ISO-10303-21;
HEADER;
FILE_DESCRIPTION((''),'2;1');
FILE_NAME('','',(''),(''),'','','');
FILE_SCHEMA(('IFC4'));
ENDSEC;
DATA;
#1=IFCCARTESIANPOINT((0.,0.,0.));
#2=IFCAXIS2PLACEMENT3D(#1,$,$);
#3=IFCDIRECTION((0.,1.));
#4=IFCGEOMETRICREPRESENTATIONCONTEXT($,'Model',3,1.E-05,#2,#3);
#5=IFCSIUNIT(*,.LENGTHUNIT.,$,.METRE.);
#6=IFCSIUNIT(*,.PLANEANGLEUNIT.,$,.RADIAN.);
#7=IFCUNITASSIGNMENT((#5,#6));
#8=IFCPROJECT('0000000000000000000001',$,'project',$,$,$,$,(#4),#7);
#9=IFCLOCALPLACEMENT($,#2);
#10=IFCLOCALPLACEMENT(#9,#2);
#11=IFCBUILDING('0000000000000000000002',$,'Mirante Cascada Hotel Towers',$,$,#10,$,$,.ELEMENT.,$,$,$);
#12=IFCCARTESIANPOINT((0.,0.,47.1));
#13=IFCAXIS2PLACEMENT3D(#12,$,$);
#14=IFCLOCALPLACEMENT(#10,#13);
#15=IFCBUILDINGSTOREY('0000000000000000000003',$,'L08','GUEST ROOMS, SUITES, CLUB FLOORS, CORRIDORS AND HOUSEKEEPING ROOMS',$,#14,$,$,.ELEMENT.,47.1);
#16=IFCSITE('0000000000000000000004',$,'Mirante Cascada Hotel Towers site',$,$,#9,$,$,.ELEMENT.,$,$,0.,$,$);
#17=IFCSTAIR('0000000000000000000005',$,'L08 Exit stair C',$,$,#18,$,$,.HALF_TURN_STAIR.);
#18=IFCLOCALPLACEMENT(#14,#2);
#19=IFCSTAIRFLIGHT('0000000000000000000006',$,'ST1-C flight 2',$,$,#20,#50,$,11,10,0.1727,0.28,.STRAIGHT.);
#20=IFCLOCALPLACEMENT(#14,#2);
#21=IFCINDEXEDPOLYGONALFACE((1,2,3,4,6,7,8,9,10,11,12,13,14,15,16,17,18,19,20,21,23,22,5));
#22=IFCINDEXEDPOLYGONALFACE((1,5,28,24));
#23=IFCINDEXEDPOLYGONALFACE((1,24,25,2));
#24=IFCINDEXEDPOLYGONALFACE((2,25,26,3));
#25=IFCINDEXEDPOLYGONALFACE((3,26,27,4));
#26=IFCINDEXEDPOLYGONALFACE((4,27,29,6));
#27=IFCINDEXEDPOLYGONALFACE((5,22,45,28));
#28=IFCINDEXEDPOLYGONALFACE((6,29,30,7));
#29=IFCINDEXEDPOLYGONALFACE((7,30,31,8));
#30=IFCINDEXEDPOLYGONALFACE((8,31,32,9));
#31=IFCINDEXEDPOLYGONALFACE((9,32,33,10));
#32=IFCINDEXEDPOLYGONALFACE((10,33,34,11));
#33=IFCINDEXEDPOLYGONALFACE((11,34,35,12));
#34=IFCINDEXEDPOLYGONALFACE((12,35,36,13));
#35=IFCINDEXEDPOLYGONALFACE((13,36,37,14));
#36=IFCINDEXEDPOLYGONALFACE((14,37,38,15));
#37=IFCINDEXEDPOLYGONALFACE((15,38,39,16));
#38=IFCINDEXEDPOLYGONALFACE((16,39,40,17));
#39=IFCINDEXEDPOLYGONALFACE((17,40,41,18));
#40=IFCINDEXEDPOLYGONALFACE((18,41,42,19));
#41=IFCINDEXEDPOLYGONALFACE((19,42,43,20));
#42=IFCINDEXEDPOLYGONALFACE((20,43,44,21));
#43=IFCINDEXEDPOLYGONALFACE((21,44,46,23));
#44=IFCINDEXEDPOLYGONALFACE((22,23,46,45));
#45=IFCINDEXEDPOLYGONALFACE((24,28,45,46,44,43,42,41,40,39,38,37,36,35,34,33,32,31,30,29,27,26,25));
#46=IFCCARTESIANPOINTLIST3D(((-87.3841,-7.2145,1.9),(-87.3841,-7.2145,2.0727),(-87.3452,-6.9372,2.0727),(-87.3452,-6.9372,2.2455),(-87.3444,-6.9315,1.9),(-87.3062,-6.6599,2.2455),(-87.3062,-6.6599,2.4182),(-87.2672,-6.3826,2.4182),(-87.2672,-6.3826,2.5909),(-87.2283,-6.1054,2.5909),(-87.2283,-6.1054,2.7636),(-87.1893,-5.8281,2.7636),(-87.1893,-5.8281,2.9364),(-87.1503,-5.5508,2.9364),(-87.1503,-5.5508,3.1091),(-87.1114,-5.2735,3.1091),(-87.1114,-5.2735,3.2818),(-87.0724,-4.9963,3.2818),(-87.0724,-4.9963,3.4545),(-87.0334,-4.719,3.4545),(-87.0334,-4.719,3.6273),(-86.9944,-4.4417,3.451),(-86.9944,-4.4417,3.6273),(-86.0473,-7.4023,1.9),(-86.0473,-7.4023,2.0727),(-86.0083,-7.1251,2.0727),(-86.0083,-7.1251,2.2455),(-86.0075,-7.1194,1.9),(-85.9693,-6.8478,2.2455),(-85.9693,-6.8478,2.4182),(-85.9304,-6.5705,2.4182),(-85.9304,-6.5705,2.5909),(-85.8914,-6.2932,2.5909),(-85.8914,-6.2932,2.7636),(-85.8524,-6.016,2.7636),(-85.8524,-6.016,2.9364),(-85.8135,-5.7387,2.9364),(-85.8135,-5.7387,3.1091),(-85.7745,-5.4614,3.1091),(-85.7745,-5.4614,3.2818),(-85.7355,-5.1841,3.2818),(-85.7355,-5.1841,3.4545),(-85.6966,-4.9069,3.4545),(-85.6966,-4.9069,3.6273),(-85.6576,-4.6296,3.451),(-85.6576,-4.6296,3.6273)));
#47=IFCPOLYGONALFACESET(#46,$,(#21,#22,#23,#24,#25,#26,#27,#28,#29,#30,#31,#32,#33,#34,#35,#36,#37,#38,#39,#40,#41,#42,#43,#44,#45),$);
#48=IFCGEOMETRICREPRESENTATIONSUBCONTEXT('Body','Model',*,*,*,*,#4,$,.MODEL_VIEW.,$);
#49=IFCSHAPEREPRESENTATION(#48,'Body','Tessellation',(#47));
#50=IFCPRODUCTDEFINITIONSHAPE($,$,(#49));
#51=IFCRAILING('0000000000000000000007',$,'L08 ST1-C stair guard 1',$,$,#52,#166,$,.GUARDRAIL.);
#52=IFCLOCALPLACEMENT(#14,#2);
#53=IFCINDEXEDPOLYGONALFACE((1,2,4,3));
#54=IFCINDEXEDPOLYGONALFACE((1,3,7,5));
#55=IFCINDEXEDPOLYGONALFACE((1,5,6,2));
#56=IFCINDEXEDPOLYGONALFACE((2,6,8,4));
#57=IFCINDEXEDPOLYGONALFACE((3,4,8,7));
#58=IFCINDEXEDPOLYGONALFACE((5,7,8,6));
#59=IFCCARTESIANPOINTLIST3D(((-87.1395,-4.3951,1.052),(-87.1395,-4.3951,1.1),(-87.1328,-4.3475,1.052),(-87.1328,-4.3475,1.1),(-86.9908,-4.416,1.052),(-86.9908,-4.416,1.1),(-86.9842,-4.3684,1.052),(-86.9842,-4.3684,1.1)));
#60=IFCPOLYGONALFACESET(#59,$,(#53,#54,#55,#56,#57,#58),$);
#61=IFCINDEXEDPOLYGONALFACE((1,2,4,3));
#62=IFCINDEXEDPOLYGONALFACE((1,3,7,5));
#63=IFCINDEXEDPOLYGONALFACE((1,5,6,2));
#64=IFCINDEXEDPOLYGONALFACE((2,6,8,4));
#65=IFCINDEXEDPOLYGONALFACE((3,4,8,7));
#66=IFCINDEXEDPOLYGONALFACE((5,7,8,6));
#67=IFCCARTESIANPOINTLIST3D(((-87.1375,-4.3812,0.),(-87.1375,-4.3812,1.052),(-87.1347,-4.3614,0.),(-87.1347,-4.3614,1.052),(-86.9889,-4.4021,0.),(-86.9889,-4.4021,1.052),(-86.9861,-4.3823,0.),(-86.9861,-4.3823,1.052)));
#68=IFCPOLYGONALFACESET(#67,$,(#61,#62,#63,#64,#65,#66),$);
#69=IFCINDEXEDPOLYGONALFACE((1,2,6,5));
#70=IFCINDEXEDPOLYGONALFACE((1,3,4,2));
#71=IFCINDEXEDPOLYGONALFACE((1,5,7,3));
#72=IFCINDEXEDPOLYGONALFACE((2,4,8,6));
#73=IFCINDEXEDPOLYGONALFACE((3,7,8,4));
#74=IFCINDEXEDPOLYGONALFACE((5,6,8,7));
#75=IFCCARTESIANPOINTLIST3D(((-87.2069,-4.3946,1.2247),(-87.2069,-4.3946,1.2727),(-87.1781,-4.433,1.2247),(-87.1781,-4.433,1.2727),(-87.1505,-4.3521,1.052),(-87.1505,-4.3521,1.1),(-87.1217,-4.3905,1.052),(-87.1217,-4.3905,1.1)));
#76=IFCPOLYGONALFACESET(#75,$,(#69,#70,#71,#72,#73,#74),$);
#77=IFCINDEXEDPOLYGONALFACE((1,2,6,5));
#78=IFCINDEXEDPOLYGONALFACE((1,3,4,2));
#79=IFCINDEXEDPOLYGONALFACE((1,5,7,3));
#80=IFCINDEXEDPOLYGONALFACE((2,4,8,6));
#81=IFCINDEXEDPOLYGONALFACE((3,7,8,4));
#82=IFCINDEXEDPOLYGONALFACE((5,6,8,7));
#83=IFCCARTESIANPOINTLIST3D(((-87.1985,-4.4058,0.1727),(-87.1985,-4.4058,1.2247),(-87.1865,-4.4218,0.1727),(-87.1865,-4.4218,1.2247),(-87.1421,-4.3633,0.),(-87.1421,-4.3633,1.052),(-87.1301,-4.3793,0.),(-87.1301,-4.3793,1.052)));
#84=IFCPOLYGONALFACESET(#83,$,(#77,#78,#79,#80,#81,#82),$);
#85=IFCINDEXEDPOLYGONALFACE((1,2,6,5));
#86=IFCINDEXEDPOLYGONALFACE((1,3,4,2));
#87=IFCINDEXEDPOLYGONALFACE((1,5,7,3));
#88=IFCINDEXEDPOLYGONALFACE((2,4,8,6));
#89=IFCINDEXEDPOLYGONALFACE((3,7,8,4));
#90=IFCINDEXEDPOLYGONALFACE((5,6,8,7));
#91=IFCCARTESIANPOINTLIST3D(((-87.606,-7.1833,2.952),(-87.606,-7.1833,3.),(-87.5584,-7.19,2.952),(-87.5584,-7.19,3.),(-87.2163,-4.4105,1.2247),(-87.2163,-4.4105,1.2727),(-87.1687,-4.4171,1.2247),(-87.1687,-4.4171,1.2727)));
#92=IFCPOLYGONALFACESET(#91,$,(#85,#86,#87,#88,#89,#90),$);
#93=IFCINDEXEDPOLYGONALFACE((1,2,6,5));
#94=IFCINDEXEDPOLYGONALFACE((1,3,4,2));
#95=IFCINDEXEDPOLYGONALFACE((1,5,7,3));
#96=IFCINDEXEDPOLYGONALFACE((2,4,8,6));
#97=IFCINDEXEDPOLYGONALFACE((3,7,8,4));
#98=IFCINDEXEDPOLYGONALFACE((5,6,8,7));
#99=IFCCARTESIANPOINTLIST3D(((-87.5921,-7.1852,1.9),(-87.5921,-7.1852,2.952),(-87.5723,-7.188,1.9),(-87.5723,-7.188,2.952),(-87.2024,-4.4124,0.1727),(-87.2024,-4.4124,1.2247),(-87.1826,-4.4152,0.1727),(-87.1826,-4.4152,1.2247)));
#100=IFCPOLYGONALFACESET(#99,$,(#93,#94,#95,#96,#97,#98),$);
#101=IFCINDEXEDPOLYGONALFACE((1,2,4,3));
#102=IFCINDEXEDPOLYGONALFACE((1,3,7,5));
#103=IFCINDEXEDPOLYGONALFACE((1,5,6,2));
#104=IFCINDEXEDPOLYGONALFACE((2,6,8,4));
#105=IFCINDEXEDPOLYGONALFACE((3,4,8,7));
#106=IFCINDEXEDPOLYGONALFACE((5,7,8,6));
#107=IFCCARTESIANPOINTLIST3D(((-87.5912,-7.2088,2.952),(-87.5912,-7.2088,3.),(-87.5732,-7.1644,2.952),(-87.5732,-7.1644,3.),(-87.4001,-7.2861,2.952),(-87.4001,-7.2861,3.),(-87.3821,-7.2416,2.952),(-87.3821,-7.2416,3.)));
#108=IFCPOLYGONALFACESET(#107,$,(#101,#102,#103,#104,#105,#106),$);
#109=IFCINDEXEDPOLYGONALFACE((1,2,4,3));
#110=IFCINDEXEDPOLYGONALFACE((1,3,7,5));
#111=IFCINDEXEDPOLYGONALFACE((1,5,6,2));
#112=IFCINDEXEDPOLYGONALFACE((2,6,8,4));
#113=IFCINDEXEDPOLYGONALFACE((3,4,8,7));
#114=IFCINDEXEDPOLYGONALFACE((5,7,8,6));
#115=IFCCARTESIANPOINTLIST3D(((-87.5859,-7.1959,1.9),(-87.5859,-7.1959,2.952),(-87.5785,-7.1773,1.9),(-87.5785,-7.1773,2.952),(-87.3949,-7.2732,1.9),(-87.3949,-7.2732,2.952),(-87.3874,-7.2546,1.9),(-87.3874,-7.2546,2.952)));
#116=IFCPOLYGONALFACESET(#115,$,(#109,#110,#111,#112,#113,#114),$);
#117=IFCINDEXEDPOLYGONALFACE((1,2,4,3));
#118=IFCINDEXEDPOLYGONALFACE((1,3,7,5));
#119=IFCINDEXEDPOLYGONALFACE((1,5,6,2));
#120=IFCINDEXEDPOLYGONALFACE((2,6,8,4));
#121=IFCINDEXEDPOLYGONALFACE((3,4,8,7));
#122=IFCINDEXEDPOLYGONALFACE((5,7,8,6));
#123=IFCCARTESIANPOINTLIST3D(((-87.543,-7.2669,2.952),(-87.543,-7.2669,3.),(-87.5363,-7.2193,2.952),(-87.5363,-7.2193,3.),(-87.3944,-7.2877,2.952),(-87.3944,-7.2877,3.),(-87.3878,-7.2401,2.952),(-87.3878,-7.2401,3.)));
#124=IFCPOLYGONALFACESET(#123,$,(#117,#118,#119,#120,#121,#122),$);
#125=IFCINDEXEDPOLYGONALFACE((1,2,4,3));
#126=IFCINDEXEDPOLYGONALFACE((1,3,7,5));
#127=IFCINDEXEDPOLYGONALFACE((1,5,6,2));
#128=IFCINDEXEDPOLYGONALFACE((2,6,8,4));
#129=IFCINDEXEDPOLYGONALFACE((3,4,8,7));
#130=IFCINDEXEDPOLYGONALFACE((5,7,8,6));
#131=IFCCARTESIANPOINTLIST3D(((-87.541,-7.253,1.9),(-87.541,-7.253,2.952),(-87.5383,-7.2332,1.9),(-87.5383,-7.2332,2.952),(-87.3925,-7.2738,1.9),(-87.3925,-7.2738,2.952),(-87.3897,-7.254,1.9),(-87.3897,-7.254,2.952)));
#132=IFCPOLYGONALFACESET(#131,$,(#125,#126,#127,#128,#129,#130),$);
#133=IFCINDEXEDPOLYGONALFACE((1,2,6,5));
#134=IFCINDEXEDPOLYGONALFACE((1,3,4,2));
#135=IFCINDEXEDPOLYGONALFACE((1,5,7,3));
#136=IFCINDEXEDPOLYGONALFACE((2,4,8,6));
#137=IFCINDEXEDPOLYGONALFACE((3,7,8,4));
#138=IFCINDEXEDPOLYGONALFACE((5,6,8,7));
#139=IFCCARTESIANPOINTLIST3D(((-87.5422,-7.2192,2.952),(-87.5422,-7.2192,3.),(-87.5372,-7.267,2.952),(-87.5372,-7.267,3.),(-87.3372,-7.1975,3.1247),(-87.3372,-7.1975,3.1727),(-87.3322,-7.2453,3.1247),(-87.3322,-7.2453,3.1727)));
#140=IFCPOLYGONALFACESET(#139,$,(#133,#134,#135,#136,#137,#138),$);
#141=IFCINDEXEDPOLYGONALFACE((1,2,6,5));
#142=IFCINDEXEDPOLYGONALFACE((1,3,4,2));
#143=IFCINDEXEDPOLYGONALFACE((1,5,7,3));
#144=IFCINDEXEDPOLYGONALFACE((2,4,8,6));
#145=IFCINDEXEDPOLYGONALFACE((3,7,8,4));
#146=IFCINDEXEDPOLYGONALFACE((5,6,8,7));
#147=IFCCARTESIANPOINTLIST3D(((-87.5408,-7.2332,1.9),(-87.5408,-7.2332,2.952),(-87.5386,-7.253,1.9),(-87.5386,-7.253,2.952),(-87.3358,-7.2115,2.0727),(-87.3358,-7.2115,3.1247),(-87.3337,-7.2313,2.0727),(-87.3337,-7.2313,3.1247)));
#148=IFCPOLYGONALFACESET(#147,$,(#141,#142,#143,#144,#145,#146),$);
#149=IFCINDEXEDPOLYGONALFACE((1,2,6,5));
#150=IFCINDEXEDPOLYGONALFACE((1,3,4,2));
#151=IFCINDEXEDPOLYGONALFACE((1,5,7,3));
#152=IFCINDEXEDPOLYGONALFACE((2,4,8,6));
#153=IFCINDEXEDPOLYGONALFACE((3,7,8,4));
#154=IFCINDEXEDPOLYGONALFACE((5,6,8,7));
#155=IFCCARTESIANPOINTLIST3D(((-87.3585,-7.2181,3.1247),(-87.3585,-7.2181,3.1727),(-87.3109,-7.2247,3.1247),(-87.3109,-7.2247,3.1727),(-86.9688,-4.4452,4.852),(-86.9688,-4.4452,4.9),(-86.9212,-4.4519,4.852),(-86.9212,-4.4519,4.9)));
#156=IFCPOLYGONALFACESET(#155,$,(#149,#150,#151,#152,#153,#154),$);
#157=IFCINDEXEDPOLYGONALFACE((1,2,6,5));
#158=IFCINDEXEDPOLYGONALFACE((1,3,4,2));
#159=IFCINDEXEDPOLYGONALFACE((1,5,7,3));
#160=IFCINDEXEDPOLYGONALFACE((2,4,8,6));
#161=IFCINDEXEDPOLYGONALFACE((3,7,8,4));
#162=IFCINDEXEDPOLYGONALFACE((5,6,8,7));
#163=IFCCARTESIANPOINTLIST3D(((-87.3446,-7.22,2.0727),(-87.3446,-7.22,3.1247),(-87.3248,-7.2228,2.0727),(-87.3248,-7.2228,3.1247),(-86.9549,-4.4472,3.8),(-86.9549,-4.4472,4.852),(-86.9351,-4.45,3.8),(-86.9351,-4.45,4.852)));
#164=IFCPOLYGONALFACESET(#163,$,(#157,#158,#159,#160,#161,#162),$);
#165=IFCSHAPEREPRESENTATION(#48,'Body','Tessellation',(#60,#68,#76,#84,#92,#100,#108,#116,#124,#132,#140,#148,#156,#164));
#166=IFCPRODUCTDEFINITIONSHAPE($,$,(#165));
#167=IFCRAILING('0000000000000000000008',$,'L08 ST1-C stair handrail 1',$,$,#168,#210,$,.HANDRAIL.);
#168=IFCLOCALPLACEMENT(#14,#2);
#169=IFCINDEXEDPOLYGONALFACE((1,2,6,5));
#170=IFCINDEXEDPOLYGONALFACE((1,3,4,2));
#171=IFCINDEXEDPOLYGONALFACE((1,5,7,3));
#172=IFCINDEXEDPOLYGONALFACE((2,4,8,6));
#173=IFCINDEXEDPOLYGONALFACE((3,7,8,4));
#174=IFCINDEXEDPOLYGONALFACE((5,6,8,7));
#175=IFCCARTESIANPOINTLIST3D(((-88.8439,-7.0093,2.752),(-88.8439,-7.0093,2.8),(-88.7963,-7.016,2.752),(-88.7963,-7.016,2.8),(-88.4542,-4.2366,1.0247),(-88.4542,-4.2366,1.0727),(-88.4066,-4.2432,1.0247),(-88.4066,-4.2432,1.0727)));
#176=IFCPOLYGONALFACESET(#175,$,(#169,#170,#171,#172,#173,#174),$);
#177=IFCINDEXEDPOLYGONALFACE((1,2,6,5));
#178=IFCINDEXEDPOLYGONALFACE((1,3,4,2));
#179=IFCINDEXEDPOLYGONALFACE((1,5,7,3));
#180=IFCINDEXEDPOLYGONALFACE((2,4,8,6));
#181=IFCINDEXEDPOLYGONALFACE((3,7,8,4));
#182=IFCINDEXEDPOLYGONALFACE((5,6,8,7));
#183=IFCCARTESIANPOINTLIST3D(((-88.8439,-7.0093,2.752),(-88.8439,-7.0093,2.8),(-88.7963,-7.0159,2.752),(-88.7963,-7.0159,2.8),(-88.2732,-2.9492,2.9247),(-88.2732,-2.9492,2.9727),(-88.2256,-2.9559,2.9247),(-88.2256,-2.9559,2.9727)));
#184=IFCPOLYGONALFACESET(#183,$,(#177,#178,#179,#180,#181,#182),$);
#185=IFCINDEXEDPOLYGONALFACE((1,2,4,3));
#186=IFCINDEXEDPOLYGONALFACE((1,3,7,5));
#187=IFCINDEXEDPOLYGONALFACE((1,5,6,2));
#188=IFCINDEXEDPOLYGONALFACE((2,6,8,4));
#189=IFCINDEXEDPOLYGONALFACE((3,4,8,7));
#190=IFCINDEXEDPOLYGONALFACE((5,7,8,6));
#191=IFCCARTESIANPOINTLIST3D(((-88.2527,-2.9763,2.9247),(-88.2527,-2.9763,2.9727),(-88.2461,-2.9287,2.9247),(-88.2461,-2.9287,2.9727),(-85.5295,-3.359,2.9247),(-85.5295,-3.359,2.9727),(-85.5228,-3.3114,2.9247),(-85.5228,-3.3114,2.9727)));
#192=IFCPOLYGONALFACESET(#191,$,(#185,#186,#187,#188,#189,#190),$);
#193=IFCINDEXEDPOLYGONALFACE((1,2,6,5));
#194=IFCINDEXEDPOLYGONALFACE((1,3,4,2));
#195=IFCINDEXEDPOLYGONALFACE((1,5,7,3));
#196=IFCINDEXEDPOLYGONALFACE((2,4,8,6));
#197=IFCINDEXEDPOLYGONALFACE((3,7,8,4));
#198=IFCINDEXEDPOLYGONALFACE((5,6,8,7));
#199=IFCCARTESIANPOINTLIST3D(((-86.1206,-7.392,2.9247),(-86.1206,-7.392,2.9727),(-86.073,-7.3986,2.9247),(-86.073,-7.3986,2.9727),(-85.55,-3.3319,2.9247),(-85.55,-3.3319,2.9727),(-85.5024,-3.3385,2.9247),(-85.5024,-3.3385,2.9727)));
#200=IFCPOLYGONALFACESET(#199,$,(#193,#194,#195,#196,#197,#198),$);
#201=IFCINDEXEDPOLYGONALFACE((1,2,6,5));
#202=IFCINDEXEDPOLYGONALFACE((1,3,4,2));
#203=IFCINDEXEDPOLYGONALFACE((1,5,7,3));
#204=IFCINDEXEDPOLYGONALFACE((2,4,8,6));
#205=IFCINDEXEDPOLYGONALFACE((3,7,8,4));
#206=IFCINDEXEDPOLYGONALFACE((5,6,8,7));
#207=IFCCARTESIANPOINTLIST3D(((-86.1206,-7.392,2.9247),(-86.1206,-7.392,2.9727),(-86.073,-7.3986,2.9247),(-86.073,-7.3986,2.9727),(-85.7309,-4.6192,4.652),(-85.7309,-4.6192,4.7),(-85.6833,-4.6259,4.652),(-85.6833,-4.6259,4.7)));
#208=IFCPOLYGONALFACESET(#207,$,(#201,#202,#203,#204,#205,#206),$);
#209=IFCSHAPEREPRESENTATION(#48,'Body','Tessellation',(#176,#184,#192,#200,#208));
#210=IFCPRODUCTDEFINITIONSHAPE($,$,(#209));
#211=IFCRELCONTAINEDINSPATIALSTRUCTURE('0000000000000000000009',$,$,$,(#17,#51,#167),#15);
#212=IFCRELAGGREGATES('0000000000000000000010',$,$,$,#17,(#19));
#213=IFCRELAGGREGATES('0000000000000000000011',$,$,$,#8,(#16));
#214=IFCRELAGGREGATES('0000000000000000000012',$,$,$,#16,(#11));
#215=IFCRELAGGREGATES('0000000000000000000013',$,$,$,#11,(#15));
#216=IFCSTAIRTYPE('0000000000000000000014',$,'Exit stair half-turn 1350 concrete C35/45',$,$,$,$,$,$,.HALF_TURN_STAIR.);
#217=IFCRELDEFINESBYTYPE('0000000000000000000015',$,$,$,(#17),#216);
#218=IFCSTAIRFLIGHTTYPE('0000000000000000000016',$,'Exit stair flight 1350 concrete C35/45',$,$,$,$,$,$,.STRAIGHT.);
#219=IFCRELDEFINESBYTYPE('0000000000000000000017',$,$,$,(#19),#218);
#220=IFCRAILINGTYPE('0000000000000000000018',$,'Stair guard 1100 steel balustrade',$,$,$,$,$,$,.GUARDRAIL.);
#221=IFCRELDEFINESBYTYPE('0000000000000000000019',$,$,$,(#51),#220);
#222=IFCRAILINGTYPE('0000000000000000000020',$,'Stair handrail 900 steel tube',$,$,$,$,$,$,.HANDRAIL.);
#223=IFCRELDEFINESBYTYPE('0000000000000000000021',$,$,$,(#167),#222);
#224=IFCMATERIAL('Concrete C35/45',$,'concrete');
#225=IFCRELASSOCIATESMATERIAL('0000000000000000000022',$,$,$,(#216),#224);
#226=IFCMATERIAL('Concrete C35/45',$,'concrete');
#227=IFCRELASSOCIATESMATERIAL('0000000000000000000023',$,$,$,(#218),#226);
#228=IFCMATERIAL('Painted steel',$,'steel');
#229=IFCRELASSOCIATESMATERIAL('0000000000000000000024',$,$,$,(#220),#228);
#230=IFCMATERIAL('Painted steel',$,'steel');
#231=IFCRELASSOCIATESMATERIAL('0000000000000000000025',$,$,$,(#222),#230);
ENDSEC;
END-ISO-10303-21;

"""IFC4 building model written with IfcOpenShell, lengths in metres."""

from ifc_helpers import new_model, si_unit, direction, frame, origin, origin_2d, place, context, subcontext, project, spatial, polyline, rectangle, outline, extrude, material, type_object, element, aggregate, save


model = new_model("IFC4")

# Units and contexts
model_context = context("Model", 3, precision=1e-05, world=origin(), true_north=direction((0.0, 1.0)))
body_context = subcontext(model_context, "Body", "Model", "MODEL_VIEW")
ifc_project = project(units=[si_unit("LENGTHUNIT", "METRE"), si_unit("PLANEANGLEUNIT", "RADIAN")], contexts=[model_context])

# Site, building, storey
site_placement = place(None, origin())
site = spatial("IfcSite", under=ifc_project, at=site_placement, Name="Mirante Cascada Hotel Towers site", CompositionType="ELEMENT", RefElevation=0.0)
building_placement = place(site_placement, origin())
building = spatial("IfcBuilding", under=site, at=building_placement, Name="Mirante Cascada Hotel Towers", CompositionType="ELEMENT")
storey_placement = place(building_placement, frame((0.0, 0.0, 47.1)))
storey = spatial("IfcBuildingStorey", under=building, at=storey_placement, Name="L08", Description="GUEST ROOMS, SUITES, CLUB FLOORS, CORRIDORS AND HOUSEKEEPING ROOMS", CompositionType="ELEMENT", Elevation=47.1)

# Stair, stair flight
ifc_material_1 = material(Name="Concrete C35/45", Category="concrete")
stair_type = type_object("IfcStairType", Name="Exit stair half-turn 1350 concrete C35/45", PredefinedType="HALF_TURN_STAIR", material=ifc_material_1)
stair_placement = place(storey_placement, origin())
stair = element("IfcStair", 1, at=stair_placement, inside=storey, type_object=stair_type, Name="L08 Exit stair C", PredefinedType="HALF_TURN_STAIR")
ifc_material_2 = material(Name="Concrete C35/45", Category="concrete")
stair_flight_type = type_object("IfcStairFlightType", Name="Exit stair flight 1350 concrete C35/45", PredefinedType="STRAIGHT", material=ifc_material_2)
stair_flight_1_placement = place(storey_placement, frame((-86.7157, -7.3084, 1.9), z_axis=(0.0, 0.0, 1.0), x_axis=(0.139173, 0.990268, 0.0)))
stair_flight_1 = element("IfcStairFlight", 2, at=stair_flight_1_placement, type_object=stair_flight_type, Name="ST1-C flight 2", NumberOfRisers=11, NumberOfTreads=10, PredefinedType="STRAIGHT", RiserHeight=0.1727, TreadLength=0.28, context=body_context, shape_type="SweptSolid", body=[
    extrude(outline(polyline([(0.0, 0.0), (0.0, 0.1727), (0.28, 0.1727), (0.28, 0.3455), (0.56, 0.3455), (0.56, 0.5182), (0.84, 0.5182), (0.84, 0.6909), (1.12, 0.6909), (1.12, 0.8636), (1.4, 0.8636), (1.4, 1.0364), (1.68, 1.0364), (1.68, 1.2091), (1.96, 1.2091), (1.96, 1.3818), (2.24, 1.3818), (2.24, 1.5545), (2.52, 1.5545), (2.52, 1.7273), (2.8, 1.7273), (2.8, 1.9), (2.8, 1.551), (0.2857, 0.0), (0.0, 0.0)])), frame((0.0, 0.675, 0.0), z_axis=(0.0, -1.0, 0.0), x_axis=(1.0, 0.0, 0.0)), (0.0, 0.0, 1.0), 1.35),
])
aggregate(stair, [stair_flight_1])

# Railings
ifc_material_3 = material(Name="Painted steel", Category="steel")
railing_type_1 = type_object("IfcRailingType", Name="Stair guard 1100 steel balustrade", PredefinedType="GUARDRAIL", material=ifc_material_3)
railing_1_placement = place(storey_placement, frame((-86.9875, -4.3922, 0.0)))
element("IfcRailing", 3, at=railing_1_placement, inside=storey, type_object=railing_type_1, Name="L08 ST1-C stair guard 1", PredefinedType="GUARDRAIL", context=body_context, shape_type="SweptSolid", body=[
    extrude(rectangle(XDim=0.048, YDim=0.048, at=origin_2d()), frame((0.0, 0.0, 1.076), z_axis=(-0.990254, 0.139275, 0.0), x_axis=(-0.139275, -0.990254, 0.0)), (0.0, 0.0, 1.0), 0.1501),
    extrude(rectangle(XDim=0.02, YDim=1.052, at=origin_2d()), frame((0.0, 0.0, 0.526), z_axis=(-0.990254, 0.139275, 0.0), x_axis=(-0.139275, -0.990254, 0.0)), (0.0, 0.0, 1.0), 0.1501),
    extrude(rectangle(XDim=0.048, YDim=0.048, at=origin_2d()), frame((-0.1486, 0.0209, 1.076), z_axis=(-0.798639, -0.601811, 0.0), x_axis=(0.601811, -0.798639, 0.0)), (0.0, 0.925603, 0.378496), 0.1866),
    extrude(rectangle(XDim=0.02, YDim=1.052, at=origin_2d()), frame((-0.1486, 0.0209, 0.526), z_axis=(-0.798639, -0.601811, 0.0), x_axis=(0.601811, -0.798639, 0.0)), (0.0, 0.925603, 0.378496), 0.1866),
    extrude(rectangle(XDim=0.048, YDim=0.048, at=origin_2d()), frame((-0.205, -0.0216, 1.2487), z_axis=(-0.139176, -0.990268, 0.0), x_axis=(0.990268, -0.139176, 0.0)), (0.0, 0.525021, 0.851089), 3.29),
    extrude(rectangle(XDim=0.02, YDim=1.052, at=origin_2d()), frame((-0.205, -0.0216, 0.6987), z_axis=(-0.139176, -0.990268, 0.0), x_axis=(0.990268, -0.139176, 0.0)), (0.0, 0.525021, 0.851089), 3.29),
    extrude(rectangle(XDim=0.048, YDim=0.048, at=origin_2d()), frame((-0.5947, -2.7944, 2.976), z_axis=(0.927031, -0.374984, 0.0), x_axis=(0.374984, 0.927031, 0.0)), (0.0, 0.0, 1.0), 0.2061),
    extrude(rectangle(XDim=0.02, YDim=1.052, at=origin_2d()), frame((-0.5947, -2.7944, 2.426), z_axis=(0.927031, -0.374984, 0.0), x_axis=(0.374984, 0.927031, 0.0)), (0.0, 0.0, 1.0), 0.2061),
    extrude(rectangle(XDim=0.048, YDim=0.048, at=origin_2d()), frame((-0.4036, -2.8717, 2.976), z_axis=(-0.990345, 0.138622, 0.0), x_axis=(-0.138622, -0.990345, 0.0)), (0.0, 0.0, 1.0), 0.15),
    extrude(rectangle(XDim=0.02, YDim=1.052, at=origin_2d()), frame((-0.4036, -2.8717, 2.426), z_axis=(-0.990345, 0.138622, 0.0), x_axis=(-0.138622, -0.990345, 0.0)), (0.0, 0.0, 1.0), 0.15),
    extrude(rectangle(XDim=0.048, YDim=0.048, at=origin_2d()), frame((-0.5522, -2.8509, 2.976), z_axis=(0.994444, 0.105266, 0.0), x_axis=(-0.105266, 0.994444, 0.0)), (0.0, 0.642184, 0.76655), 0.2689),
    extrude(rectangle(XDim=0.02, YDim=1.052, at=origin_2d()), frame((-0.5522, -2.8509, 2.426), z_axis=(0.994444, 0.105266, 0.0), x_axis=(-0.105266, 0.994444, 0.0)), (0.0, 0.642184, 0.76655), 0.2689),
    extrude(rectangle(XDim=0.048, YDim=0.048, at=origin_2d()), frame((-0.3472, -2.8292, 3.1487), z_axis=(0.139176, 0.990268, 0.0), x_axis=(-0.990268, 0.139176, 0.0)), (0.0, 0.525021, 0.851089), 3.29),
    extrude(rectangle(XDim=0.02, YDim=1.052, at=origin_2d()), frame((-0.3472, -2.8292, 2.5987), z_axis=(0.139176, 0.990268, 0.0), x_axis=(-0.990268, 0.139176, 0.0)), (0.0, 0.525021, 0.851089), 3.29),
])
ifc_material_4 = material(Name="Painted steel", Category="steel")
railing_type_2 = type_object("IfcRailingType", Name="Stair handrail 900 steel tube", PredefinedType="HANDRAIL", material=ifc_material_4)
railing_2_placement = place(storey_placement, frame((-88.4304, -4.2399, 0.1727)))
element("IfcRailing", 4, at=railing_2_placement, inside=storey, type_object=railing_type_2, Name="L08 ST1-C stair handrail 1", PredefinedType="HANDRAIL", context=body_context, shape_type="SweptSolid", body=[
    extrude(rectangle(XDim=0.048, YDim=0.048, at=origin_2d()), frame((0.0, 0.0, 0.876), z_axis=(-0.139181, -0.990267, 0.0), x_axis=(0.990267, -0.139181, 0.0)), (0.0, 0.525035, 0.851081), 3.2899),
    extrude(rectangle(XDim=0.048, YDim=0.048, at=origin_2d()), frame((-0.3897, -2.7727, 2.6033), z_axis=(0.139195, 0.990265, 0.0), x_axis=(-0.990265, 0.139195, 0.0)), (0.0, 0.042084, 0.999114), 4.1036),
    extrude(rectangle(XDim=0.048, YDim=0.048, at=origin_2d()), frame((0.181, 1.2874, 2.776), z_axis=(0.990269, -0.139166, 0.0), x_axis=(0.139166, 0.990269, 0.0)), (0.0, 0.0, 1.0), 2.75),
    extrude(rectangle(XDim=0.048, YDim=0.048, at=origin_2d()), frame((2.9042, 0.9047, 2.776), z_axis=(-0.139171, -0.990268, 0.0), x_axis=(0.990268, -0.139171, 0.0)), (0.0, 0.0, 1.0), 4.1),
    extrude(rectangle(XDim=0.048, YDim=0.048, at=origin_2d()), frame((2.3336, -3.1554, 2.776), z_axis=(0.139181, 0.990267, 0.0), x_axis=(-0.990267, 0.139181, 0.0)), (0.0, 0.525035, 0.851081), 3.2899),
])

save(model, "model.ifc")
